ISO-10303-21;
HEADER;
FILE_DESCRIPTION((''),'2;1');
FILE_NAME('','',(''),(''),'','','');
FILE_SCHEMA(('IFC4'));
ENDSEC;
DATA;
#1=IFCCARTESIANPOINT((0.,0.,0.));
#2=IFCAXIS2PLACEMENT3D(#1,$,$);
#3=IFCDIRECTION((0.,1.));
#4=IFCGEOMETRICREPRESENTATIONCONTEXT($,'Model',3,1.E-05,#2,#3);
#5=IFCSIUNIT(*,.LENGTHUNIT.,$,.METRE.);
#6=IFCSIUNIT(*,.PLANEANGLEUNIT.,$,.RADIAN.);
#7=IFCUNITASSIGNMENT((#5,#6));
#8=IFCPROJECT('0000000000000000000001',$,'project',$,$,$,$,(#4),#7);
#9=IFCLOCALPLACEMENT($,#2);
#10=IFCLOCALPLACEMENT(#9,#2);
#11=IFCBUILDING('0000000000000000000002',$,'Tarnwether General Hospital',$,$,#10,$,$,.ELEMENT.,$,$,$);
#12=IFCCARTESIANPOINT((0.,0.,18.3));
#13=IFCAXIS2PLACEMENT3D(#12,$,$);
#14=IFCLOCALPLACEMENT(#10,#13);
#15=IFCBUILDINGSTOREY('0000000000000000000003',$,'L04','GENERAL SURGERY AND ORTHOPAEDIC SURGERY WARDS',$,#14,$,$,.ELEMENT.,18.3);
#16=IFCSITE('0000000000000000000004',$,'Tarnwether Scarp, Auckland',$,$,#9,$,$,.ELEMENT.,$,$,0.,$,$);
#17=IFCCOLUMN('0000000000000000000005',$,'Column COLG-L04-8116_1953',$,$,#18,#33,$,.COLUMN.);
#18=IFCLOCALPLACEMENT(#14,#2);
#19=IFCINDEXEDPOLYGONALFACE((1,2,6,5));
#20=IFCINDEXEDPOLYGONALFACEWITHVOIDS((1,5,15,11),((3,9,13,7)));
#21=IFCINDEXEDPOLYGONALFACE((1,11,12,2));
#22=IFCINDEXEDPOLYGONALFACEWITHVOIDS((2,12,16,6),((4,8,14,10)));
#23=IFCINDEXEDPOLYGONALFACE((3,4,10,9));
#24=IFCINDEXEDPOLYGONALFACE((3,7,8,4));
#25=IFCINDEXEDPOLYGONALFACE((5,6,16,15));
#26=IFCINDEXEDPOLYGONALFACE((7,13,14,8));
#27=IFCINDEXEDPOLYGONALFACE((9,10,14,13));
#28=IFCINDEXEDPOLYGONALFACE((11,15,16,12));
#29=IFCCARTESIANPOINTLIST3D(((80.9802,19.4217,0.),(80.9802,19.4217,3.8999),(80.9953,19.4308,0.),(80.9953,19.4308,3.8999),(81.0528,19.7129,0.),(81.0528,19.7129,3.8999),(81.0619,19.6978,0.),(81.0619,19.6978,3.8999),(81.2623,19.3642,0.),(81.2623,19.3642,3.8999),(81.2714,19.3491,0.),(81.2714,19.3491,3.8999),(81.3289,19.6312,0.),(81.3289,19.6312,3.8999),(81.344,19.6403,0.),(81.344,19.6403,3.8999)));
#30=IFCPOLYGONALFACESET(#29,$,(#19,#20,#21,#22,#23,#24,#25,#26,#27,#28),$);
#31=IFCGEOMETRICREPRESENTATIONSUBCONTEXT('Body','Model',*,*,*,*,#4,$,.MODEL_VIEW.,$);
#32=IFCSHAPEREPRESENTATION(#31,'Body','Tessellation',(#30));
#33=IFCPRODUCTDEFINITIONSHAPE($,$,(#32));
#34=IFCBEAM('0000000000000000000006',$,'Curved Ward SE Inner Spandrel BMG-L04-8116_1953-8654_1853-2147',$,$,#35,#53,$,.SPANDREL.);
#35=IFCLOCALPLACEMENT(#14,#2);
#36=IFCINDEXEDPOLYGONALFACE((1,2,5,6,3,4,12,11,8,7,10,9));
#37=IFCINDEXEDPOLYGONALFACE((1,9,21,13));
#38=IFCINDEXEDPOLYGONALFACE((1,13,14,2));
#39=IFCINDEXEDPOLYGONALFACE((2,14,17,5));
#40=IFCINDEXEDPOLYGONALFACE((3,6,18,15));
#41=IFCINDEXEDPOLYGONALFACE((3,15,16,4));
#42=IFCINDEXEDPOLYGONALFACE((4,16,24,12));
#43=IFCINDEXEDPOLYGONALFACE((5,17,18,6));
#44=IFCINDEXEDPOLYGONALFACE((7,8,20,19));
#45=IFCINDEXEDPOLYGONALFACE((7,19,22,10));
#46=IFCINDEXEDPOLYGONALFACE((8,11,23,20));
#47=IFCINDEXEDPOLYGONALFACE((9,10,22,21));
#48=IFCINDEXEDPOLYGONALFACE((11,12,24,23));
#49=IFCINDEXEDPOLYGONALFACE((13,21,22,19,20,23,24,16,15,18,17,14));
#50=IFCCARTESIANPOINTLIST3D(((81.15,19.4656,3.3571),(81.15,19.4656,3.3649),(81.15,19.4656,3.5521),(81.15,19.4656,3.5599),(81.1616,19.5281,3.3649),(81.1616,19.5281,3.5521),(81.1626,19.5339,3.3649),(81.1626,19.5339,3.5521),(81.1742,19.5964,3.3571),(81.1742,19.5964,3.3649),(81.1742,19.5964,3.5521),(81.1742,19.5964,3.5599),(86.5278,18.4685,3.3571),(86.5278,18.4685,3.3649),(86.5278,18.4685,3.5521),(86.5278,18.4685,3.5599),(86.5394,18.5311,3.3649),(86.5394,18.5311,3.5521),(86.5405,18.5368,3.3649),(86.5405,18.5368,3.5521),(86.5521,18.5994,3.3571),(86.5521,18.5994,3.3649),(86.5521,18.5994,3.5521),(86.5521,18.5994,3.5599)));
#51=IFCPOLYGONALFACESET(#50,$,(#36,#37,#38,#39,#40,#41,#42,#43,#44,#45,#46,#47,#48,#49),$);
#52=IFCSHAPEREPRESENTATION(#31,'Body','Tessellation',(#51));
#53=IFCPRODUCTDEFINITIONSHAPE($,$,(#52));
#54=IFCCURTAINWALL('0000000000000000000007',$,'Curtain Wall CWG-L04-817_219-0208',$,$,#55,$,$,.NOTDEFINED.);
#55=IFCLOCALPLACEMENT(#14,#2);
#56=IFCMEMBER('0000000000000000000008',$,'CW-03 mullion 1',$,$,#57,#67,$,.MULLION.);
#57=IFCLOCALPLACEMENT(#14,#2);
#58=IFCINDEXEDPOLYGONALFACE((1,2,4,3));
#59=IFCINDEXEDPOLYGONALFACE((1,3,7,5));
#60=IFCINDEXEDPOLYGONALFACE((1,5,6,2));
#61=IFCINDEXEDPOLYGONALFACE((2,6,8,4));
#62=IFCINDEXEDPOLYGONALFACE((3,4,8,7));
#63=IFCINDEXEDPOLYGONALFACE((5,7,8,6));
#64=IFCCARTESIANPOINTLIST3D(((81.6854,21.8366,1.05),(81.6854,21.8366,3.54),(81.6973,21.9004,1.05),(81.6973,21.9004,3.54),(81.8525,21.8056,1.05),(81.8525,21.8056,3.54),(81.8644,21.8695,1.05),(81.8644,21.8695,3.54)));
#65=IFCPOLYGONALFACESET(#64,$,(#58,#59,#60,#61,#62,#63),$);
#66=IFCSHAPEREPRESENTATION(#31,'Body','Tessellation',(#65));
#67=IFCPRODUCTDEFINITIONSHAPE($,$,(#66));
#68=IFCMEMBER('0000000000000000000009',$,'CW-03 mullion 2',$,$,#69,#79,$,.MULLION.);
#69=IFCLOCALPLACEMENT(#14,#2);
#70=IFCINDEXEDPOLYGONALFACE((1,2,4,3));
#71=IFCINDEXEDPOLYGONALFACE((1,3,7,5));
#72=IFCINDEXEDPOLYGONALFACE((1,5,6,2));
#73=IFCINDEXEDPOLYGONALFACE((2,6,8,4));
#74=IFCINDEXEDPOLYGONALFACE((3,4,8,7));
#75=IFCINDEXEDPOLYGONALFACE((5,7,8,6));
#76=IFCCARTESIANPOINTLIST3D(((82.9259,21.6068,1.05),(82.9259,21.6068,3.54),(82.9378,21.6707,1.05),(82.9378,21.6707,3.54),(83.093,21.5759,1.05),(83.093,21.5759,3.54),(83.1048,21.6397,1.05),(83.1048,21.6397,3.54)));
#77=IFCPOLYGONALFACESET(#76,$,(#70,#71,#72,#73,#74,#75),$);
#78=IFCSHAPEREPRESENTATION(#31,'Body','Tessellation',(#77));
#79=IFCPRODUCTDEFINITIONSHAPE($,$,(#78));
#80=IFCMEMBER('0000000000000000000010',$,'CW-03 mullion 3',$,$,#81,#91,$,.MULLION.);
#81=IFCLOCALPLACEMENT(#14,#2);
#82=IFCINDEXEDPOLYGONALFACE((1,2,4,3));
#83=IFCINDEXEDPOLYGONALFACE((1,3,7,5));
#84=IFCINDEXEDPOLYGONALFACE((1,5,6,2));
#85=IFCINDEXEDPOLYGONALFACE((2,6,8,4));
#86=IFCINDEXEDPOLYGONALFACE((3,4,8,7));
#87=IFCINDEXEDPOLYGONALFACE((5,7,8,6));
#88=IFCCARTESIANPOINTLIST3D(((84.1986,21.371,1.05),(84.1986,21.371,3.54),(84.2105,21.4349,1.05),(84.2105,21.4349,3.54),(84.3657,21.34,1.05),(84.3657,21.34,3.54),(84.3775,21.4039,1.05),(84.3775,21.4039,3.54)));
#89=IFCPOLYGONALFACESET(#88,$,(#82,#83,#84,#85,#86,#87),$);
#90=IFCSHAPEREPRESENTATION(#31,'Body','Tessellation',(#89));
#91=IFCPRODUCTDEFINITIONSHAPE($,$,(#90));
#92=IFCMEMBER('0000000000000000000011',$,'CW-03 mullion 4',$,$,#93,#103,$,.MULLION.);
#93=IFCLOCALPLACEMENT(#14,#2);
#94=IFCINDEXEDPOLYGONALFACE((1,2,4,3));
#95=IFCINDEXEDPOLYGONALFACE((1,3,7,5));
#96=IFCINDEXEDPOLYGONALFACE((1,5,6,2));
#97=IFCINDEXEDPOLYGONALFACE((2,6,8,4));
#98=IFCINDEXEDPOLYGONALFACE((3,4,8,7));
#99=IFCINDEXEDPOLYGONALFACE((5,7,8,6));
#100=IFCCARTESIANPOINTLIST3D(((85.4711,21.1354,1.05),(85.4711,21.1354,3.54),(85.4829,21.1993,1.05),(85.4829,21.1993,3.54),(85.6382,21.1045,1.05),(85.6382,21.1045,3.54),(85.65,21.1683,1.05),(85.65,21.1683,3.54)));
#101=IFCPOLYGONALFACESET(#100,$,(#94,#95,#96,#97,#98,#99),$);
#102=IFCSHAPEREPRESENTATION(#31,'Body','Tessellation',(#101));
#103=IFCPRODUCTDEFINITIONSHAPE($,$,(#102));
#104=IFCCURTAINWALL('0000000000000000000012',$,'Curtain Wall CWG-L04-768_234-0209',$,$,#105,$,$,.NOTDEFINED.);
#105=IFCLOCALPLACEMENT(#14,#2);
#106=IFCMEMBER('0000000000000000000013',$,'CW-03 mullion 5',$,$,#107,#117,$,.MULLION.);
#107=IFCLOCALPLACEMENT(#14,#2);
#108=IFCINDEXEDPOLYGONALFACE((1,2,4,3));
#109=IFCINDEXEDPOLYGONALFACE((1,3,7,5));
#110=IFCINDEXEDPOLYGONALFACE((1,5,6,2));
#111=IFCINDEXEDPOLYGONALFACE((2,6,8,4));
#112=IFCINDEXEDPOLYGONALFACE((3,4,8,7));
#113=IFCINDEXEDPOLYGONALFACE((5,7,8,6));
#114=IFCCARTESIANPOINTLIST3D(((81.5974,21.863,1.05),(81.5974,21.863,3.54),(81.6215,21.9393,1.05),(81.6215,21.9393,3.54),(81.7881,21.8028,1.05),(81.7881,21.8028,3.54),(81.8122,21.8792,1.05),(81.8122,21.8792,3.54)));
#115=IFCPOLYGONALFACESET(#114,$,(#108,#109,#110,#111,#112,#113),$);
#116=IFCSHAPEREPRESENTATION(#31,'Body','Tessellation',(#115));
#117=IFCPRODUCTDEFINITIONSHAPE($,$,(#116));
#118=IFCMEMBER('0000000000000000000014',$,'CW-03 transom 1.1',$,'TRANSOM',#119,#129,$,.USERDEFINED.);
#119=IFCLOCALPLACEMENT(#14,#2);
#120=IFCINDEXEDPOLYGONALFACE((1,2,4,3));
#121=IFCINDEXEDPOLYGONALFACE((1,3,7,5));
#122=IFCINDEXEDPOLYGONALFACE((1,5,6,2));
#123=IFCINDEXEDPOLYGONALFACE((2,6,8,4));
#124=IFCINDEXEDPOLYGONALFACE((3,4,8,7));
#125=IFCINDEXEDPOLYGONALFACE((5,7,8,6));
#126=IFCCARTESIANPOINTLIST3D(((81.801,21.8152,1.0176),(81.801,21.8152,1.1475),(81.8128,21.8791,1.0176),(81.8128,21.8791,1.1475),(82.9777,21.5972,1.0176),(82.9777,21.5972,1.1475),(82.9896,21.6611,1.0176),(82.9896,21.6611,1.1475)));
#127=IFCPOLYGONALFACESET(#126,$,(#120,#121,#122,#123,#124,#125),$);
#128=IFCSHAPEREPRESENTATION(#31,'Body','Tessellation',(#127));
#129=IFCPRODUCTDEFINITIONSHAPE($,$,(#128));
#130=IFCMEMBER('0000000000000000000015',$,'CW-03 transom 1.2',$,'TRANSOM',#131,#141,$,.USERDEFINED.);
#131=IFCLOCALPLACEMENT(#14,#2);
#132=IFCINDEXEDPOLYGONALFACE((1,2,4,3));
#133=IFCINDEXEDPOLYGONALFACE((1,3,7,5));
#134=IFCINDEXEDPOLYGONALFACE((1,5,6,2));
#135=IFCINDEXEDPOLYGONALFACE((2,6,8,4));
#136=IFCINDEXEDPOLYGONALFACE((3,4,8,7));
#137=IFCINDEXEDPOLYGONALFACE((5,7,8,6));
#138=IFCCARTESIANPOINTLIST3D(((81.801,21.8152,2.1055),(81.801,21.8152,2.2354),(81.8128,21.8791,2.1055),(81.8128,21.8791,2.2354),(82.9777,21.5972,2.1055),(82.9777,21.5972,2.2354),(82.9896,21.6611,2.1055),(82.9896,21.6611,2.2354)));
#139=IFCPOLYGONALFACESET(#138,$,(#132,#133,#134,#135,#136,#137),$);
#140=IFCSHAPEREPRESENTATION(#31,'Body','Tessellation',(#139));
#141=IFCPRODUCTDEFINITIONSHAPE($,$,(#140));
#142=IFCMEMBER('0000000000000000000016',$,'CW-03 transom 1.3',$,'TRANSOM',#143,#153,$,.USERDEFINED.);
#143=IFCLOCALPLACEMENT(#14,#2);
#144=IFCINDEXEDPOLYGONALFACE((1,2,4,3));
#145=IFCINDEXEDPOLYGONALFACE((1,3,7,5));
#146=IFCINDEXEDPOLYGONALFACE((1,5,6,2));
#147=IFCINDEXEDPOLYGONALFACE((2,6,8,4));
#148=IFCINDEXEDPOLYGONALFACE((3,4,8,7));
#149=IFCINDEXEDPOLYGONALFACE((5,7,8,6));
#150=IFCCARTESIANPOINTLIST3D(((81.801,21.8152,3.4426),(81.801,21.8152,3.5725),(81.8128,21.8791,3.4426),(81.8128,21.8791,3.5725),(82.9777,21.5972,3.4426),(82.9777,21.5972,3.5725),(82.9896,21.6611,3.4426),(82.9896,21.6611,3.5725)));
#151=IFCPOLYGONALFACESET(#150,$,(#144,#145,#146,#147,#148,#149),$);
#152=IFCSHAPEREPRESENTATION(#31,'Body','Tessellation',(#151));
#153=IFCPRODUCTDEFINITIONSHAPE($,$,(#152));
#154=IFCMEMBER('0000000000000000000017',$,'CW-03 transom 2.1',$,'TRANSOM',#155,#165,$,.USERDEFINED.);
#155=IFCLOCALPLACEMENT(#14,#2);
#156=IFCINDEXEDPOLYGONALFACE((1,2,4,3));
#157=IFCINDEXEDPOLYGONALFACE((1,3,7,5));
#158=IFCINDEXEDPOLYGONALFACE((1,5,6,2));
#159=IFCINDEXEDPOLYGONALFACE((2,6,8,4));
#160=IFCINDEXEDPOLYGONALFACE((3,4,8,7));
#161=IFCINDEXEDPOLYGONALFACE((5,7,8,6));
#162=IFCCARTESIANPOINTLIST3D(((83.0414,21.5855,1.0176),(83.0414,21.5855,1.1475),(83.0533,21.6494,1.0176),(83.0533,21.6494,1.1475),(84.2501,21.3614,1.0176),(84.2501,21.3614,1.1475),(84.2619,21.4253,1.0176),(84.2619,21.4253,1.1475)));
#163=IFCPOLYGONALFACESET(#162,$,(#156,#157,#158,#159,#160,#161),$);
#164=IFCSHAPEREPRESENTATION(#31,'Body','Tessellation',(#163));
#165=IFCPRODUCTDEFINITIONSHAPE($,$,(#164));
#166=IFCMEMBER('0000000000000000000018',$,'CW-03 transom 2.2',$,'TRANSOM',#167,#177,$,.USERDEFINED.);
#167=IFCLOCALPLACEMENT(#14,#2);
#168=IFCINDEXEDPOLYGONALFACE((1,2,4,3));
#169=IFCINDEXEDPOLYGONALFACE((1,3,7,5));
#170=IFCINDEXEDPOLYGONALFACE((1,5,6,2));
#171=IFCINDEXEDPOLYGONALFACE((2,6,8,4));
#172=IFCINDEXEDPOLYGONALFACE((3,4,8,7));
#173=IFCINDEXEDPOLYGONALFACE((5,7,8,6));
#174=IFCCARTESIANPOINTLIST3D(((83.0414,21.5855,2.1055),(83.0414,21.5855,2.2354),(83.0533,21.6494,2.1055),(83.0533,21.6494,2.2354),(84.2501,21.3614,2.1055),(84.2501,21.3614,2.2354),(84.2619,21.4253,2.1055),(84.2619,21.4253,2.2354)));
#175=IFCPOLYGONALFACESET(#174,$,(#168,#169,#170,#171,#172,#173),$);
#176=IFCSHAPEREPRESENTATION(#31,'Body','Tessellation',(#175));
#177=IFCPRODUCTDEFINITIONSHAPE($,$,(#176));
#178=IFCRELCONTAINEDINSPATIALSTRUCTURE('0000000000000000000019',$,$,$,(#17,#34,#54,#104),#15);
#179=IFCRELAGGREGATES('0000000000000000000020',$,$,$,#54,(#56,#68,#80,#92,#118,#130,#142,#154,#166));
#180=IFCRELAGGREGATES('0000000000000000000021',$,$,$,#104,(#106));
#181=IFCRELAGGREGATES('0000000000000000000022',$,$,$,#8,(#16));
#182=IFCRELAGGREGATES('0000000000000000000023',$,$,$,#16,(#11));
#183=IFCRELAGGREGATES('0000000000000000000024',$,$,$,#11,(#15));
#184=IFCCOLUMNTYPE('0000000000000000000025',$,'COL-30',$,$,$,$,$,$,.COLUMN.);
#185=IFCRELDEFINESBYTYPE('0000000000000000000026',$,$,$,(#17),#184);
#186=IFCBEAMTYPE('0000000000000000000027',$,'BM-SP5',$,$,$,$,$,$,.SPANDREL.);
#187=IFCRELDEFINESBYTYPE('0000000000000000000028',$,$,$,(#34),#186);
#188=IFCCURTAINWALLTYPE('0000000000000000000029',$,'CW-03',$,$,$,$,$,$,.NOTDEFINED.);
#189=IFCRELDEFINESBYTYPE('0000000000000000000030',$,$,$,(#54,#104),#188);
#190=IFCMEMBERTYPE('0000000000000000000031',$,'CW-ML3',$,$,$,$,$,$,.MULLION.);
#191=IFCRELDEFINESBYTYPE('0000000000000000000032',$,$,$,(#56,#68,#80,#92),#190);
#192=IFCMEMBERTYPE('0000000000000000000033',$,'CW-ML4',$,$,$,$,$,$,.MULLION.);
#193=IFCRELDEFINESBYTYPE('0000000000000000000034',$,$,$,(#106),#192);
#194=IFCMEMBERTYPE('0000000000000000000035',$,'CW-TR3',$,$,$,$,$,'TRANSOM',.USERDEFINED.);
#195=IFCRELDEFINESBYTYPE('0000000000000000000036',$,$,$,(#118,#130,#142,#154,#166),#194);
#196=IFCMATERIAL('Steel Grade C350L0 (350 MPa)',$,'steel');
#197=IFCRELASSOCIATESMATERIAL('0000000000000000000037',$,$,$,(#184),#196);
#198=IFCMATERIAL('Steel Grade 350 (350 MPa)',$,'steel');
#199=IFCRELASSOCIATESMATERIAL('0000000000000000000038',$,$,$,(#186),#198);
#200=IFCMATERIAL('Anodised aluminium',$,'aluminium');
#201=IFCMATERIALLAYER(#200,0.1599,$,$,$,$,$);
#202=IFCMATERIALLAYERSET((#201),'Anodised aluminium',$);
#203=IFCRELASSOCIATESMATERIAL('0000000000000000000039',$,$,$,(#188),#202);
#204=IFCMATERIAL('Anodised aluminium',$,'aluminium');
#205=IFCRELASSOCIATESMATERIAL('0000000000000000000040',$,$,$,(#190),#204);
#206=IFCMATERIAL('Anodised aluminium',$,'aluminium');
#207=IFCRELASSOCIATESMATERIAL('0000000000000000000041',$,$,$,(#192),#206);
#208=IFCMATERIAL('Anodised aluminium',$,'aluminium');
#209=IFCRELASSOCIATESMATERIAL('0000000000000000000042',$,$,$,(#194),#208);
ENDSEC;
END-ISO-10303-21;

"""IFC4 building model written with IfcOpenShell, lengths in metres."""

from ifc_helpers import new_model, si_unit, direction, frame, origin, origin_2d, place, context, subcontext, project, spatial, rectangle, hollow_rectangle, i_section, extrude, material, layer, layer_set, material_profile, profile_set, type_object, element, aggregate, save


model = new_model("IFC4")

# Units and contexts
model_context = context("Model", 3, precision=1e-05, world=origin(), true_north=direction((0.0, 1.0)))
body_context = subcontext(model_context, "Body", "Model", "MODEL_VIEW")
ifc_project = project(units=[si_unit("LENGTHUNIT", "METRE"), si_unit("PLANEANGLEUNIT", "RADIAN")], contexts=[model_context])

# Site, building, storey
site_placement = place(None, origin())
site = spatial("IfcSite", under=ifc_project, at=site_placement, Name="Tarnwether Scarp, Auckland", CompositionType="ELEMENT", RefElevation=0.0)
building_placement = place(site_placement, origin())
building = spatial("IfcBuilding", under=site, at=building_placement, Name="Tarnwether General Hospital", CompositionType="ELEMENT")
storey_placement = place(building_placement, frame((0.0, 0.0, 18.3)))
storey = spatial("IfcBuildingStorey", under=building, at=storey_placement, Name="L04", Description="GENERAL SURGERY AND ORTHOPAEDIC SURGERY WARDS", CompositionType="ELEMENT", Elevation=18.3)

# Column
ifc_material_1 = material(Name="Steel Grade C350L0 (350 MPa)", Category="steel")
ifc_material_profile_1 = material_profile(ifc_material_1, hollow_rectangle(XDim=0.3, YDim=0.3, WallThickness=0.0125, at=origin_2d()), Name="SHS300x300x12.5")
ifc_profile_set_1 = profile_set([ifc_material_profile_1], Name="Steel Grade C350L0 (350 MPa)")
column_type = type_object("IfcColumnType", Name="COL-30", PredefinedType="COLUMN", material=ifc_profile_set_1)
column_placement = place(storey_placement, frame((81.1621, 19.531, 0.0), z_axis=(0.0, 0.0, 1.0), x_axis=(0.241922, 0.970296, 0.0)))
element("IfcColumn", 1, at=column_placement, inside=storey, type_object=column_type, Name="Column COLG-L04-8116_1953", PredefinedType="COLUMN", context=body_context, shape_type="SweptSolid", body=[
    extrude(hollow_rectangle(XDim=0.3, YDim=0.3, WallThickness=0.0125, at=origin_2d()), origin(), (0.0, 0.0, 1.0), 3.8999),
])

# Beam
ifc_material_2 = material(Name="Steel Grade 350 (350 MPa)", Category="steel")
ifc_material_profile_2 = material_profile(ifc_material_2, i_section(OverallWidth=0.1331, OverallDepth=0.2029, WebThickness=0.0059, FlangeThickness=0.0078, at=origin_2d()), Name="200UB25.4")
ifc_profile_set_2 = profile_set([ifc_material_profile_2], Name="Steel Grade 350 (350 MPa)")
beam_type = type_object("IfcBeamType", Name="BM-SP5", PredefinedType="SPANDREL", material=ifc_profile_set_2)
beam_placement = place(storey_placement, frame((81.1621, 19.531, 3.4585), z_axis=(0.983244, -0.182294, 0.0), x_axis=(0.182294, 0.983244, 0.0)))
element("IfcBeam", 2, at=beam_placement, inside=storey, type_object=beam_type, Name="Curved Ward SE Inner Spandrel BMG-L04-8116_1953-8654_1853-2147", PredefinedType="SPANDREL", context=body_context, shape_type="SweptSolid", body=[
    extrude(i_section(OverallWidth=0.1331, OverallDepth=0.2029, WebThickness=0.0059, FlangeThickness=0.0078, at=origin_2d()), origin(), (0.0, 0.0, 1.0), 5.4695),
])

# Curtain wall, members
ifc_material_3 = material(Name="Anodised aluminium", Category="aluminium")
ifc_layer_1 = layer(ifc_material_3, 0.1599)
ifc_layer_set_1 = layer_set([ifc_layer_1], Name="Anodised aluminium")
curtain_wall_type = type_object("IfcCurtainWallType", Name="CW-03", PredefinedType="NOTDEFINED", material=ifc_layer_set_1)
curtain_wall_1_placement = place(storey_placement, origin())
curtain_wall_1 = element("IfcCurtainWall", 3, at=curtain_wall_1_placement, inside=storey, type_object=curtain_wall_type, Name="Curtain Wall CWG-L04-817_219-0208", PredefinedType="NOTDEFINED")
ifc_material_4 = material(Name="Anodised aluminium", Category="aluminium")
ifc_material_profile_3 = material_profile(ifc_material_4, rectangle(XDim=0.0649, YDim=0.1699, at=origin_2d()), Name="ALU-MUL-65x170")
ifc_profile_set_3 = profile_set([ifc_material_profile_3], Name="Anodised aluminium")
member_type_1 = type_object("IfcMemberType", Name="CW-ML3", PredefinedType="MULLION", material=ifc_profile_set_3)
member_1_placement = place(storey_placement, frame((81.7749, 21.853, 1.05), z_axis=(0.0, 0.0, 1.0), x_axis=(0.182165, 0.983268, 0.0)))
member_1 = element("IfcMember", 4, at=member_1_placement, type_object=member_type_1, Name="CW-03 mullion 1", PredefinedType="MULLION", context=body_context, shape_type="SweptSolid", body=[
    extrude(rectangle(XDim=0.0649, YDim=0.1699, at=origin_2d()), origin(), (0.0, 0.0, 1.0), 2.49),
])
member_2_placement = place(storey_placement, frame((83.0154, 21.6233, 1.05), z_axis=(0.0, 0.0, 1.0), x_axis=(0.182165, 0.983268, 0.0)))
member_2 = element("IfcMember", 5, at=member_2_placement, type_object=member_type_1, Name="CW-03 mullion 2", PredefinedType="MULLION", context=body_context, shape_type="SweptSolid", body=[
    extrude(rectangle(XDim=0.0649, YDim=0.1699, at=origin_2d()), origin(), (0.0, 0.0, 1.0), 2.49),
])
member_3_placement = place(storey_placement, frame((84.2881, 21.3875, 1.05), z_axis=(0.0, 0.0, 1.0), x_axis=(0.182165, 0.983268, 0.0)))
member_3 = element("IfcMember", 6, at=member_3_placement, type_object=member_type_1, Name="CW-03 mullion 3", PredefinedType="MULLION", context=body_context, shape_type="SweptSolid", body=[
    extrude(rectangle(XDim=0.0649, YDim=0.1699, at=origin_2d()), origin(), (0.0, 0.0, 1.0), 2.49),
])
member_4_placement = place(storey_placement, frame((85.5605, 21.1519, 1.05), z_axis=(0.0, 0.0, 1.0), x_axis=(0.182165, 0.983268, 0.0)))
member_4 = element("IfcMember", 7, at=member_4_placement, type_object=member_type_1, Name="CW-03 mullion 4", PredefinedType="MULLION", context=body_context, shape_type="SweptSolid", body=[
    extrude(rectangle(XDim=0.0649, YDim=0.1699, at=origin_2d()), origin(), (0.0, 0.0, 1.0), 2.49),
])

# Curtain wall, member
curtain_wall_2_placement = place(storey_placement, origin())
curtain_wall_2 = element("IfcCurtainWall", 8, at=curtain_wall_2_placement, inside=storey, type_object=curtain_wall_type, Name="Curtain Wall CWG-L04-768_234-0209", PredefinedType="NOTDEFINED")
ifc_material_5 = material(Name="Anodised aluminium", Category="aluminium")
ifc_material_profile_4 = material_profile(ifc_material_5, rectangle(XDim=0.0801, YDim=0.2, at=origin_2d()), Name="ALU-MUL-80x200")
ifc_profile_set_4 = profile_set([ifc_material_profile_4], Name="Anodised aluminium")
member_type_2 = type_object("IfcMemberType", Name="CW-ML4", PredefinedType="MULLION", material=ifc_profile_set_4)
member_5_placement = place(storey_placement, frame((81.7048, 21.8711, 1.05), z_axis=(0.0, 0.0, 1.0), x_axis=(0.300715, 0.953714, 0.0)))
member_5 = element("IfcMember", 9, at=member_5_placement, type_object=member_type_2, Name="CW-03 mullion 5", PredefinedType="MULLION", context=body_context, shape_type="SweptSolid", body=[
    extrude(rectangle(XDim=0.0801, YDim=0.2, at=origin_2d()), origin(), (0.0, 0.0, 1.0), 2.49),
])

# Members
ifc_material_6 = material(Name="Anodised aluminium", Category="aluminium")
ifc_material_profile_5 = material_profile(ifc_material_6, rectangle(XDim=0.0649, YDim=0.1299, at=origin_2d()), Name="ALU-TRN-65x130")
ifc_profile_set_5 = profile_set([ifc_material_profile_5], Name="Anodised aluminium")
member_type_3 = type_object("IfcMemberType", Name="CW-TR3", ElementType="TRANSOM", PredefinedType="USERDEFINED", material=ifc_profile_set_5)
member_6_placement = place(storey_placement, frame((81.8069, 21.8472, 1.0825), z_axis=(0.983267, -0.18217, 0.0), x_axis=(0.18217, 0.983267, 0.0)))
member_6 = element("IfcMember", 10, at=member_6_placement, type_object=member_type_3, Name="CW-03 transom 1.1", ObjectType="TRANSOM", PredefinedType="USERDEFINED", context=body_context, shape_type="SweptSolid", body=[
    extrude(rectangle(XDim=0.0649, YDim=0.1299, at=origin_2d()), origin(), (0.0, 0.0, 1.0), 1.1968),
])
member_7_placement = place(storey_placement, frame((81.8069, 21.8472, 2.1704), z_axis=(0.983267, -0.18217, 0.0), x_axis=(0.18217, 0.983267, 0.0)))
member_7 = element("IfcMember", 11, at=member_7_placement, type_object=member_type_3, Name="CW-03 transom 1.2", ObjectType="TRANSOM", PredefinedType="USERDEFINED", context=body_context, shape_type="SweptSolid", body=[
    extrude(rectangle(XDim=0.0649, YDim=0.1299, at=origin_2d()), origin(), (0.0, 0.0, 1.0), 1.1968),
])
member_8_placement = place(storey_placement, frame((81.8069, 21.8472, 3.5076), z_axis=(0.983267, -0.18217, 0.0), x_axis=(0.18217, 0.983267, 0.0)))
member_8 = element("IfcMember", 12, at=member_8_placement, type_object=member_type_3, Name="CW-03 transom 1.3", ObjectType="TRANSOM", PredefinedType="USERDEFINED", context=body_context, shape_type="SweptSolid", body=[
    extrude(rectangle(XDim=0.0649, YDim=0.1299, at=origin_2d()), origin(), (0.0, 0.0, 1.0), 1.1968),
])
member_9_placement = place(storey_placement, frame((83.0474, 21.6174, 1.0825), z_axis=(0.983241, -0.18231, 0.0), x_axis=(0.18231, 0.983241, 0.0)))
member_9 = element("IfcMember", 13, at=member_9_placement, type_object=member_type_3, Name="CW-03 transom 2.1", ObjectType="TRANSOM", PredefinedType="USERDEFINED", context=body_context, shape_type="SweptSolid", body=[
    extrude(rectangle(XDim=0.0649, YDim=0.1299, at=origin_2d()), origin(), (0.0, 0.0, 1.0), 1.2292),
])
member_10_placement = place(storey_placement, frame((83.0474, 21.6174, 2.1704), z_axis=(0.983241, -0.18231, 0.0), x_axis=(0.18231, 0.983241, 0.0)))
member_10 = element("IfcMember", 14, at=member_10_placement, type_object=member_type_3, Name="CW-03 transom 2.2", ObjectType="TRANSOM", PredefinedType="USERDEFINED", context=body_context, shape_type="SweptSolid", body=[
    extrude(rectangle(XDim=0.0649, YDim=0.1299, at=origin_2d()), origin(), (0.0, 0.0, 1.0), 1.2292),
])

aggregate(curtain_wall_1, [member_1, member_2, member_3, member_4, member_6, member_7, member_8, member_9, member_10])
aggregate(curtain_wall_2, [member_5])

save(model, "model.ifc")
